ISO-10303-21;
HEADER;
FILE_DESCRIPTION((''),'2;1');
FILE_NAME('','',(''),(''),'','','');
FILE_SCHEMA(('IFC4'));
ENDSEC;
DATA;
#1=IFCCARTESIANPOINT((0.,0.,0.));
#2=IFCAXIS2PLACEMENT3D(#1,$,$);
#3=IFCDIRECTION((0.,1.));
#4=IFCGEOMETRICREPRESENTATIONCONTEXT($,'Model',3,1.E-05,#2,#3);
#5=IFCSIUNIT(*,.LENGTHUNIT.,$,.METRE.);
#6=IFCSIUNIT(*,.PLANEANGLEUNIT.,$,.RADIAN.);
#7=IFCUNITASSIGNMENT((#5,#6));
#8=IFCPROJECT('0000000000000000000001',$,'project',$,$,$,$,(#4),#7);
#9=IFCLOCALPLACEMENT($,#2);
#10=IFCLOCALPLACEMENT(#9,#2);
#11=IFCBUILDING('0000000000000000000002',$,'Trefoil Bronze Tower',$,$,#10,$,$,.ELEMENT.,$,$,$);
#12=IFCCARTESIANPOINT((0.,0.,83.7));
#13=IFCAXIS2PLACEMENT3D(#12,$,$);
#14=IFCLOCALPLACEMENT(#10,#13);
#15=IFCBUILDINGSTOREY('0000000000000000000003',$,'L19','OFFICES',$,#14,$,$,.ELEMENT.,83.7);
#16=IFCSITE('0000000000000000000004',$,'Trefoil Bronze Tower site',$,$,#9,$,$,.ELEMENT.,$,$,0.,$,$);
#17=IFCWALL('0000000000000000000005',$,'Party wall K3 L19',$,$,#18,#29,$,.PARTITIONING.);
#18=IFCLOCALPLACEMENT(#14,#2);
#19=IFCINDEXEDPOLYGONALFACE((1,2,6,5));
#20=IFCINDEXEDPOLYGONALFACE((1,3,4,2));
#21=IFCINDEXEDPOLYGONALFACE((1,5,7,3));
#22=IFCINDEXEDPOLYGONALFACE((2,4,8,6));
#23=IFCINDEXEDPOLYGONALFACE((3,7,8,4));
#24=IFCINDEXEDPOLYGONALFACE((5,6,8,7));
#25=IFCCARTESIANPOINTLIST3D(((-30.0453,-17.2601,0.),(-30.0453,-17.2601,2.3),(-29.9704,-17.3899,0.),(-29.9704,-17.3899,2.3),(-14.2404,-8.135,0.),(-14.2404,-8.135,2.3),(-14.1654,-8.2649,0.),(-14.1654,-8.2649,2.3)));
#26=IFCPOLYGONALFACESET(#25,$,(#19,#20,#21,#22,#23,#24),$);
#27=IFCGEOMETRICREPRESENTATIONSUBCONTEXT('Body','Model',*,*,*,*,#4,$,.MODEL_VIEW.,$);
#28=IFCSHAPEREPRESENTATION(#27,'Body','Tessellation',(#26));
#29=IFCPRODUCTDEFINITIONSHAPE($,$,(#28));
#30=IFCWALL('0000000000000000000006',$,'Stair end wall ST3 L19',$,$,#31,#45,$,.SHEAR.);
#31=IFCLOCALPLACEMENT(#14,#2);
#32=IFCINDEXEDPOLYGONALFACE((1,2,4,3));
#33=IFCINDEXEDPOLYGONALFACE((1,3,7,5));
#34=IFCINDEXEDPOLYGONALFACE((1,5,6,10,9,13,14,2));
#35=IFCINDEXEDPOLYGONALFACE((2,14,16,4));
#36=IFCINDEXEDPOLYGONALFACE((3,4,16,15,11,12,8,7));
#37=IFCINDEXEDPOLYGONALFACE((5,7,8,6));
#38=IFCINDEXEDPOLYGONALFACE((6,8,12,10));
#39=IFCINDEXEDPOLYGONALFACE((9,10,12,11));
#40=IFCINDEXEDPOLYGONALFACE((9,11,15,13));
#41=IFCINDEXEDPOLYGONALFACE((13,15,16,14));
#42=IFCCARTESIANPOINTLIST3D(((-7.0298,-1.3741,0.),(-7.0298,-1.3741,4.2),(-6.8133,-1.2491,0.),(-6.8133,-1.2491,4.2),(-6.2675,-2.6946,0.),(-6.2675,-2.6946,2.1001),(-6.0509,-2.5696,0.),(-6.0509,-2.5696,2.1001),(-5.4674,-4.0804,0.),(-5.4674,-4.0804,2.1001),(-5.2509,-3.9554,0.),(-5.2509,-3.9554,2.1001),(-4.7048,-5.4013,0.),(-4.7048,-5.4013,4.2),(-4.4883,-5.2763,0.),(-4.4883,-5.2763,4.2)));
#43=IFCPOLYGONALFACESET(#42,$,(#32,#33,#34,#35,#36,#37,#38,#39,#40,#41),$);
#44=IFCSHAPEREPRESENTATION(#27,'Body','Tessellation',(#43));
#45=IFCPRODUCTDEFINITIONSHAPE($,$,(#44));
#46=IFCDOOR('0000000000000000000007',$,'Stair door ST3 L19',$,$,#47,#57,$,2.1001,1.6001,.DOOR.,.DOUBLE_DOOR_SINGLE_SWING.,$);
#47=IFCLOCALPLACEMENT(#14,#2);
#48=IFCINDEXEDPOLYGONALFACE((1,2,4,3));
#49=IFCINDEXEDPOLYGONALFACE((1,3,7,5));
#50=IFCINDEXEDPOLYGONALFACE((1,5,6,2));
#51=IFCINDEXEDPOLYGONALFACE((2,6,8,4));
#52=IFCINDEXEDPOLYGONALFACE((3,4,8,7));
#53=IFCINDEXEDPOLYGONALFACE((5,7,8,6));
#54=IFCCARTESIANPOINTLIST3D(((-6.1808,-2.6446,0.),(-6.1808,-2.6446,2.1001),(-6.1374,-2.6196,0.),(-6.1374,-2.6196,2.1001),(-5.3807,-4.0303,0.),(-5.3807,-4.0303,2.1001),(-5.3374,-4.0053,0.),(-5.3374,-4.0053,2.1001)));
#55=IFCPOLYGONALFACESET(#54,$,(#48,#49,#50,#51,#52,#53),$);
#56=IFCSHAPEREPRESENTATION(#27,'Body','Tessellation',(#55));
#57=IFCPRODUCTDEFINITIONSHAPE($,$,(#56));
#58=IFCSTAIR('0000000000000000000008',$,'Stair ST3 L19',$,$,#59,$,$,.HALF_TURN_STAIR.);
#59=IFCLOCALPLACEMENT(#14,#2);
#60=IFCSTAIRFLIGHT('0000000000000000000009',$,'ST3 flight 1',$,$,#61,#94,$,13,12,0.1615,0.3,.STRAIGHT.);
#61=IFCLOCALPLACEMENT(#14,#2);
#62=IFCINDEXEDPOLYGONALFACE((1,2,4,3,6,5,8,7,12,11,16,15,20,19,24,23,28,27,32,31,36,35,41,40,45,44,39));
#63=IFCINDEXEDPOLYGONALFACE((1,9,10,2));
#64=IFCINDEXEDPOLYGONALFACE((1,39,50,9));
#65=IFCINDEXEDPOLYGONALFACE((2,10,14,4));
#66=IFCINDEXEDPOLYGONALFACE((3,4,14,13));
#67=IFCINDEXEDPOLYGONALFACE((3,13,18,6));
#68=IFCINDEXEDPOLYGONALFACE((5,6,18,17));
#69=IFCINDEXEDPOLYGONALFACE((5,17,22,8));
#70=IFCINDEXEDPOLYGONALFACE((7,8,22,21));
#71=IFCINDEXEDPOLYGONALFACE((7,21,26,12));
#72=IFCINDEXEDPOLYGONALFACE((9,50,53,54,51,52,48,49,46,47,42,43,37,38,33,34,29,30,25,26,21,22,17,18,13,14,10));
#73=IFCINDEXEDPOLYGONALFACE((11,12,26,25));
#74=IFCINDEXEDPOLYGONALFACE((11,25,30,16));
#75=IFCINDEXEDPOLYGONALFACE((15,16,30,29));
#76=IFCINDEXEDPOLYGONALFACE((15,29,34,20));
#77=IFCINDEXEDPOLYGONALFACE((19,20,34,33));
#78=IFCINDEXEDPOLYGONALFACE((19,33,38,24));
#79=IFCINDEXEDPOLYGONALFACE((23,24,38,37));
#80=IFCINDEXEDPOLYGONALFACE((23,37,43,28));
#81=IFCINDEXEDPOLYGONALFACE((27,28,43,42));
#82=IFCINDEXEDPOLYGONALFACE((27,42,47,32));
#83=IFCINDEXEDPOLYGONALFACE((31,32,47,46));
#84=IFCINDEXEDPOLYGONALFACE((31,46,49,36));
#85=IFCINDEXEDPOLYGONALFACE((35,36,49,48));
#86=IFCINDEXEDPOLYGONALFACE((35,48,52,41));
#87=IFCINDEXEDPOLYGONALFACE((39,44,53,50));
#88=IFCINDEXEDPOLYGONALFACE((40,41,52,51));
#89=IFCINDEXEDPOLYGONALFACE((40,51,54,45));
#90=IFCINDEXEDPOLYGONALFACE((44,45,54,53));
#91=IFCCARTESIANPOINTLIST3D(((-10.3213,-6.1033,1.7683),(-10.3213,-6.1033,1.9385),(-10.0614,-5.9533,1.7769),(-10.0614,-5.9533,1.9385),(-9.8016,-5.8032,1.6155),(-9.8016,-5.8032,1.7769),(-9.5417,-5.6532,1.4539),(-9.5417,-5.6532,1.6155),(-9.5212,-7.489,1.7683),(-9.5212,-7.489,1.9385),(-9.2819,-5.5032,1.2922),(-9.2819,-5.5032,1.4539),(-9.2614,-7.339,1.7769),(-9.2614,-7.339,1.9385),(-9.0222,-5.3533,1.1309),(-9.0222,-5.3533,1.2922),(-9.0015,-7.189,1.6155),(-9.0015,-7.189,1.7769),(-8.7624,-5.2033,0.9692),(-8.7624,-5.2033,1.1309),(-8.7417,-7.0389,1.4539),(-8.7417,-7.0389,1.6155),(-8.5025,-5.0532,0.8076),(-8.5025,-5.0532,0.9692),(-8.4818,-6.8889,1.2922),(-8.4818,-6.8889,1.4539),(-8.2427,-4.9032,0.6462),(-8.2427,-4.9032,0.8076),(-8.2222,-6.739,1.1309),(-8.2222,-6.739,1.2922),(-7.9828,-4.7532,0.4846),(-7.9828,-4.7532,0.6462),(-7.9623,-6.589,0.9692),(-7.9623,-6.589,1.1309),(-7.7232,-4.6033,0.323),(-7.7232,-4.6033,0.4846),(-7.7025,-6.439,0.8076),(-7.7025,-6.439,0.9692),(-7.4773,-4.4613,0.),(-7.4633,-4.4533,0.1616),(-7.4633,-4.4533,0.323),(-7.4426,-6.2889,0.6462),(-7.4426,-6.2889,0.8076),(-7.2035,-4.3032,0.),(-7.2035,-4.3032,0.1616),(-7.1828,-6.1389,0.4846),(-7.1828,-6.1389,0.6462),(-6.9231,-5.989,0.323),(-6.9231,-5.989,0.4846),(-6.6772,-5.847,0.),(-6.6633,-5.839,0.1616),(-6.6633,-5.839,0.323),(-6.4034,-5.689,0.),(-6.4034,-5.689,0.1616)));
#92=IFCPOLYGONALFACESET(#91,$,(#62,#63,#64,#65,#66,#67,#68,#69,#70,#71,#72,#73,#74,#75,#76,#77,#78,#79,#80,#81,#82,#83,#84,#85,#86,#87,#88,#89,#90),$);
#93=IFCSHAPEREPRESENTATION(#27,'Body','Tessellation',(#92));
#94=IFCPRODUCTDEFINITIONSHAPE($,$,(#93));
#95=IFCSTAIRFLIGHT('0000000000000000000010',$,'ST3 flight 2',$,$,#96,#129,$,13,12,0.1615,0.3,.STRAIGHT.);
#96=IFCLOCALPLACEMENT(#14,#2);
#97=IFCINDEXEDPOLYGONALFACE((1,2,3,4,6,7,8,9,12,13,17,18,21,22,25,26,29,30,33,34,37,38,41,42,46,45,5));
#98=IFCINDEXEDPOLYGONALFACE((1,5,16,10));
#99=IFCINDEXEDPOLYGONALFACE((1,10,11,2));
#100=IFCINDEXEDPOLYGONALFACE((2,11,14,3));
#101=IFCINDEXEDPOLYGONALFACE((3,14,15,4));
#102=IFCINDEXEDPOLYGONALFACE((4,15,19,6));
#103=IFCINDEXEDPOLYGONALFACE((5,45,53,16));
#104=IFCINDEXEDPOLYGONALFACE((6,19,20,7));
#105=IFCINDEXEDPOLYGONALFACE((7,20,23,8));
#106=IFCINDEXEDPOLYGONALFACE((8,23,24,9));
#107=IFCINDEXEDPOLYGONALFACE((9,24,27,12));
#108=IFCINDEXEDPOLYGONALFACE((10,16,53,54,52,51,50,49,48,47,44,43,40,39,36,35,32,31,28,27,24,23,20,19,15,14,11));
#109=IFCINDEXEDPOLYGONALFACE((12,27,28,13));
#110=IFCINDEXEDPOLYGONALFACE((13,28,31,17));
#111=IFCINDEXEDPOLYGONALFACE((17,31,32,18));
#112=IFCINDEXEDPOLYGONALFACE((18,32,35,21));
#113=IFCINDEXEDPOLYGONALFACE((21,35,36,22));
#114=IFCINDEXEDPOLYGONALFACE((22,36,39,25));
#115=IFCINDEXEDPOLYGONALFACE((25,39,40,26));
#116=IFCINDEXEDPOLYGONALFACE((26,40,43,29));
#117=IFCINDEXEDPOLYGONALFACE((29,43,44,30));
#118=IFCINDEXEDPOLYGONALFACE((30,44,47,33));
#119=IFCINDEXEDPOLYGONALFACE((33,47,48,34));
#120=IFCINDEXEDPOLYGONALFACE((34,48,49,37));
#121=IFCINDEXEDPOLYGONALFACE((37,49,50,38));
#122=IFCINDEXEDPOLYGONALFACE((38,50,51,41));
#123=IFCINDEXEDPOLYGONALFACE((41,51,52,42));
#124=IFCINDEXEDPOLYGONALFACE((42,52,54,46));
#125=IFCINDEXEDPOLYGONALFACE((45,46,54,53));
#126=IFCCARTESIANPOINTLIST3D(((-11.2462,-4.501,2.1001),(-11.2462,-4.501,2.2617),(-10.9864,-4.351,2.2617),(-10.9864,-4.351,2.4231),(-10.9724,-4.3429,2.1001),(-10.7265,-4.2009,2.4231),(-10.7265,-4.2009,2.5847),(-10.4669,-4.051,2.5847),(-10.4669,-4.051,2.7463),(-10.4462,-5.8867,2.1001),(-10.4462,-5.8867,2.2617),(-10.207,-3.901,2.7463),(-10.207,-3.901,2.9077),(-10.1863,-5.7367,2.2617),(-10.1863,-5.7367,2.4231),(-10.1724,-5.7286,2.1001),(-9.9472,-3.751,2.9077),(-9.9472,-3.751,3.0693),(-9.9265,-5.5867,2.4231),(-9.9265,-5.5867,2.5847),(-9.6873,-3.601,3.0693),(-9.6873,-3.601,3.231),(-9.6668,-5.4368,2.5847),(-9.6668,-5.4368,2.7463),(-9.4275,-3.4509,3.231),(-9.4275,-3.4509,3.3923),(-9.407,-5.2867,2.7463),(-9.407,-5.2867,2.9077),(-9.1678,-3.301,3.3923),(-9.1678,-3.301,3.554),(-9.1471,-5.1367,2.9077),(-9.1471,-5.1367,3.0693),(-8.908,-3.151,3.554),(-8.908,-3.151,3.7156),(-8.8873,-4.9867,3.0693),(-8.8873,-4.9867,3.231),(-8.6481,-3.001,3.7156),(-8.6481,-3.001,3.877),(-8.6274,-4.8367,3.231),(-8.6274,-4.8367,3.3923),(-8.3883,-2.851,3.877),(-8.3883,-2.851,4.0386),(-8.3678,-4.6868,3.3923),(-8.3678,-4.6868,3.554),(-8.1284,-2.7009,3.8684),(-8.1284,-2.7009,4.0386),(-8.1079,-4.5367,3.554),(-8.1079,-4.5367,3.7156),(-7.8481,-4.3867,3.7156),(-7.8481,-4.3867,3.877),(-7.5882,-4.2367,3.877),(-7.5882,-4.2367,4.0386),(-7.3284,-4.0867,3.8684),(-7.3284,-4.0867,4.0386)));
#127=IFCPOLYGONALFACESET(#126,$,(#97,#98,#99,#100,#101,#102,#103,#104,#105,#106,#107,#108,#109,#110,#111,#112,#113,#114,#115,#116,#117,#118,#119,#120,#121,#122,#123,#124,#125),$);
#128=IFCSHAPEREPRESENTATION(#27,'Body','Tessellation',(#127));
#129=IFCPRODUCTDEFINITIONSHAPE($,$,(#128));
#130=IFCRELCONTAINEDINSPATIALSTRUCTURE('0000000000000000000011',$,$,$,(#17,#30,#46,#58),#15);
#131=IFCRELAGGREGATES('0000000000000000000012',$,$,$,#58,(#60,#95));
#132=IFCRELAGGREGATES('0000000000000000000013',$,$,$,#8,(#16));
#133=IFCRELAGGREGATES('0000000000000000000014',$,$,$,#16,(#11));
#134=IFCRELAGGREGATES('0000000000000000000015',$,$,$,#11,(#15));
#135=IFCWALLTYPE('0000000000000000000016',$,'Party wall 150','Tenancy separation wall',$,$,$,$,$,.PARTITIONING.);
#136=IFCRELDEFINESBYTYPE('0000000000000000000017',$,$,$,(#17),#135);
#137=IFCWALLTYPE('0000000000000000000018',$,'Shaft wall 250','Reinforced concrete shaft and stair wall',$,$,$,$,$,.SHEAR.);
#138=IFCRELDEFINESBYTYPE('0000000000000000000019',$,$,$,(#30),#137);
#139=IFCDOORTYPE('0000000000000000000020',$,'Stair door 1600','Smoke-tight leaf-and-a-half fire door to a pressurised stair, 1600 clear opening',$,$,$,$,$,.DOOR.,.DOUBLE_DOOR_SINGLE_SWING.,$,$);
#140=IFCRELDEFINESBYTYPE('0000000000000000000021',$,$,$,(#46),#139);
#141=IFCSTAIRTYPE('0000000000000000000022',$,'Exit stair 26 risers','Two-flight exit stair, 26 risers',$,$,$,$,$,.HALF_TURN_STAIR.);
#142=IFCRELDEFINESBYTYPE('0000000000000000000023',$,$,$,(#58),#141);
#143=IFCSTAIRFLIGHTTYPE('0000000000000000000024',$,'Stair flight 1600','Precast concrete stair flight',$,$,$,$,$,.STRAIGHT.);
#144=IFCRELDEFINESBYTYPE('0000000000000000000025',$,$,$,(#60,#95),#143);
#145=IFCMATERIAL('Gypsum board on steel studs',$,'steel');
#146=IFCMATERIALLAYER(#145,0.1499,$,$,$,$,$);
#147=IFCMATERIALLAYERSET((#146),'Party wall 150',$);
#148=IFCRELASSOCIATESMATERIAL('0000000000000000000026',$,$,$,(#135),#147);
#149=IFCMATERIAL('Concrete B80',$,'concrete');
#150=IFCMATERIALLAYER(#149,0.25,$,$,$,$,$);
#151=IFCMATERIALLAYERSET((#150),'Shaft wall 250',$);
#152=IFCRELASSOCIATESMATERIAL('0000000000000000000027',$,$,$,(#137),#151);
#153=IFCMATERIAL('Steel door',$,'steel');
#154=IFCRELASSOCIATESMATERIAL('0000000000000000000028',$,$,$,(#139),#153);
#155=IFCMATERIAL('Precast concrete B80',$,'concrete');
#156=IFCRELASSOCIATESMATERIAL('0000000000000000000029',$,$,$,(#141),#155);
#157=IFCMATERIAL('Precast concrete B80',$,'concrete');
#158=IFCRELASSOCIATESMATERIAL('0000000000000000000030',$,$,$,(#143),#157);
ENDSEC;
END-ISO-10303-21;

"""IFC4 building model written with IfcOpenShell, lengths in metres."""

from ifc_helpers import new_model, si_unit, direction, frame, frame_2d, origin, place, context, subcontext, project, spatial, polyline, rectangle, outline, extrude, material, layer, layer_set, type_object, element, fill, aggregate, save


model = new_model("IFC4")

# Units and contexts
model_context = context("Model", 3, precision=1e-05, world=origin(), true_north=direction((0.0, 1.0)))
body_context = subcontext(model_context, "Body", "Model", "MODEL_VIEW")
ifc_project = project(units=[si_unit("LENGTHUNIT", "METRE"), si_unit("PLANEANGLEUNIT", "RADIAN")], contexts=[model_context])

# Site, building, storey
site_placement = place(None, origin())
site = spatial("IfcSite", under=ifc_project, at=site_placement, Name="Trefoil Bronze Tower site", CompositionType="ELEMENT", RefElevation=0.0)
building_placement = place(site_placement, origin())
building = spatial("IfcBuilding", under=site, at=building_placement, Name="Trefoil Bronze Tower", CompositionType="ELEMENT")
storey_placement = place(building_placement, frame((0.0, 0.0, 83.7)))
storey = spatial("IfcBuildingStorey", under=building, at=storey_placement, Name="L19", Description="OFFICES", CompositionType="ELEMENT", Elevation=83.7)

# Wall
ifc_material_1 = material(Name="Gypsum board on steel studs", Category="steel")
ifc_layer_1 = layer(ifc_material_1, 0.1499)
ifc_layer_set_1 = layer_set([ifc_layer_1], Name="Party wall 150")
wall_type_1 = type_object("IfcWallType", Name="Party wall 150", Description="Tenancy separation wall", PredefinedType="PARTITIONING", material=ifc_layer_set_1)
wall_1_placement = place(storey_placement, frame((-14.2029, -8.2, 0.0), z_axis=(0.0, 0.0, 1.0), x_axis=(-0.866025, -0.500001, 0.0)))
element("IfcWall", 1, at=wall_1_placement, inside=storey, type_object=wall_type_1, Name="Party wall K3 L19", PredefinedType="PARTITIONING", context=body_context, shape_type="SweptSolid", body=[
    extrude(rectangle(XDim=18.25, YDim=0.1499, at=frame_2d((9.125, 0.0))), origin(), (0.0, 0.0, 1.0), 2.3),
])

# Wall, opening, door
ifc_material_2 = material(Name="Concrete B80", Category="concrete")
ifc_layer_2 = layer(ifc_material_2, 0.25)
ifc_layer_set_2 = layer_set([ifc_layer_2], Name="Shaft wall 250")
wall_type_2 = type_object("IfcWallType", Name="Shaft wall 250", Description="Reinforced concrete shaft and stair wall", PredefinedType="SHEAR", material=ifc_layer_set_2)
wall_2_placement = place(storey_placement, frame((-6.9216, -1.3115, 0.0), z_axis=(0.0, 0.0, 1.0), x_axis=(0.499985, -0.866034, 0.0)))
wall_2 = element("IfcWall", 2, at=wall_2_placement, inside=storey, type_object=wall_type_2, Name="Stair end wall ST3 L19", PredefinedType="SHEAR", context=body_context, shape_type="SweptSolid", body=[
    extrude(rectangle(XDim=4.6501, YDim=0.25, at=frame_2d((2.3252, 0.0))), origin(), (0.0, 0.0, 1.0), 4.2),
])
opening_1_placement = place(wall_2_placement, frame((1.5249, 0.0, 0.0)))
opening_1 = element("IfcOpeningElement", 3, at=opening_1_placement, cuts=wall_2, PredefinedType="OPENING", context=body_context, shape_type="SweptSolid", body=[
    extrude(rectangle(XDim=1.6001, YDim=2.1001, at=frame_2d((0.8, 1.05))), frame((0.0, 0.135, 0.0), z_axis=(0.0, -1.0, 0.0), x_axis=(1.0, 0.0, 0.0)), (0.0, 0.0, 1.0), 0.27),
])
ifc_material_3 = material(Name="Steel door", Category="steel")
door_type_1 = type_object("IfcDoorType", Name="Stair door 1600", Description="Smoke-tight leaf-and-a-half fire door to a pressurised stair, 1600 clear opening", OperationType="DOUBLE_DOOR_SINGLE_SWING", PredefinedType="DOOR", material=ifc_material_3)
door_1_placement = place(opening_1_placement, frame((1.6001, 0.0, 0.0), z_axis=(0.0, 0.0, 1.0), x_axis=(-1.0, 0.0, 0.0)))
door_1 = element("IfcDoor", 4, at=door_1_placement, inside=storey, type_object=door_type_1, Name="Stair door ST3 L19", OperationType="DOUBLE_DOOR_SINGLE_SWING", OverallHeight=2.1001, OverallWidth=1.6001, PredefinedType="DOOR", context=body_context, shape_type="SweptSolid", body=[
    extrude(rectangle(XDim=1.6001, YDim=2.1001, at=frame_2d((0.8, 1.05))), frame((0.0, 0.0249, 0.0), z_axis=(0.0, -1.0, 0.0), x_axis=(1.0, 0.0, 0.0)), (0.0, 0.0, 1.0), 0.05),
])
fill(opening_1, door_1)

# Stair, stair flights
ifc_material_4 = material(Name="Precast concrete B80", Category="concrete")
stair_type = type_object("IfcStairType", Name="Exit stair 26 risers", Description="Two-flight exit stair, 26 risers", PredefinedType="HALF_TURN_STAIR", material=ifc_material_4)
stair_placement = place(storey_placement, origin())
stair = element("IfcStair", 5, at=stair_placement, inside=storey, type_object=stair_type, Name="Stair ST3 L19", PredefinedType="HALF_TURN_STAIR")
ifc_material_5 = material(Name="Precast concrete B80", Category="concrete")
stair_flight_type = type_object("IfcStairFlightType", Name="Stair flight 1600", Description="Precast concrete stair flight", PredefinedType="STRAIGHT", material=ifc_material_5)
stair_flight_1_placement = place(storey_placement, frame((-6.8035, -4.9961, 0.0), z_axis=(0.0, 0.0, 1.0), x_axis=(-0.866025, -0.5, 0.0)))
stair_flight_1 = element("IfcStairFlight", 6, at=stair_flight_1_placement, type_object=stair_flight_type, Name="ST3 flight 1", NumberOfRisers=13, NumberOfTreads=12, PredefinedType="STRAIGHT", RiserHeight=0.1615, TreadLength=0.3, context=body_context, shape_type="SweptSolid", body=[
    extrude(outline(polyline([(0.0, 0.0), (0.0, 0.1616), (0.3, 0.1616), (0.3, 0.323), (0.6001, 0.323), (0.6001, 0.4846), (0.8999, 0.4846), (0.8999, 0.6462), (1.2, 0.6462), (1.2, 0.8076), (1.5, 0.8076), (1.5, 0.9692), (1.8, 0.9692), (1.8, 1.1309), (2.1001, 1.1309), (2.1001, 1.2922), (2.3999, 1.2922), (2.3999, 1.4539), (2.7, 1.4539), (2.7, 1.6155), (3.0, 1.6155), (3.0, 1.7769), (3.3, 1.7769), (3.3, 1.9385), (3.6001, 1.9385), (3.6001, 2.1001), (3.6001, 1.7683), (0.3162, 0.0), (0.0, 0.0)])), frame((0.0, 0.8, 0.0), z_axis=(0.0, -1.0, 0.0), x_axis=(1.0, 0.0, 0.0)), (0.0, 0.0, 1.0), 1.6001),
])
stair_flight_2_placement = place(storey_placement, frame((-10.8462, -5.1938, 2.1001), z_axis=(0.0, 0.0, 1.0), x_axis=(0.866025, 0.5, 0.0)))
stair_flight_2 = element("IfcStairFlight", 7, at=stair_flight_2_placement, type_object=stair_flight_type, Name="ST3 flight 2", NumberOfRisers=13, NumberOfTreads=12, PredefinedType="STRAIGHT", RiserHeight=0.1615, TreadLength=0.3, context=body_context, shape_type="SweptSolid", body=[
    extrude(outline(polyline([(0.0, 0.0), (0.0, 0.1616), (0.3, 0.1616), (0.3, 0.323), (0.6001, 0.323), (0.6001, 0.4846), (0.8999, 0.4846), (0.8999, 0.6462), (1.2, 0.6462), (1.2, 0.8076), (1.5, 0.8076), (1.5, 0.9692), (1.8, 0.9692), (1.8, 1.1309), (2.1001, 1.1309), (2.1001, 1.2922), (2.3999, 1.2922), (2.3999, 1.4539), (2.7, 1.4539), (2.7, 1.6155), (3.0, 1.6155), (3.0, 1.7769), (3.3, 1.7769), (3.3, 1.9385), (3.6001, 1.9385), (3.6001, 2.1001), (3.6001, 1.7683), (0.3162, 0.0), (0.0, 0.0)])), frame((0.0, 0.8, 0.0), z_axis=(0.0, -1.0, 0.0), x_axis=(1.0, 0.0, 0.0)), (0.0, 0.0, 1.0), 1.6001),
])
aggregate(stair, [stair_flight_1, stair_flight_2])

save(model, "model.ifc")
